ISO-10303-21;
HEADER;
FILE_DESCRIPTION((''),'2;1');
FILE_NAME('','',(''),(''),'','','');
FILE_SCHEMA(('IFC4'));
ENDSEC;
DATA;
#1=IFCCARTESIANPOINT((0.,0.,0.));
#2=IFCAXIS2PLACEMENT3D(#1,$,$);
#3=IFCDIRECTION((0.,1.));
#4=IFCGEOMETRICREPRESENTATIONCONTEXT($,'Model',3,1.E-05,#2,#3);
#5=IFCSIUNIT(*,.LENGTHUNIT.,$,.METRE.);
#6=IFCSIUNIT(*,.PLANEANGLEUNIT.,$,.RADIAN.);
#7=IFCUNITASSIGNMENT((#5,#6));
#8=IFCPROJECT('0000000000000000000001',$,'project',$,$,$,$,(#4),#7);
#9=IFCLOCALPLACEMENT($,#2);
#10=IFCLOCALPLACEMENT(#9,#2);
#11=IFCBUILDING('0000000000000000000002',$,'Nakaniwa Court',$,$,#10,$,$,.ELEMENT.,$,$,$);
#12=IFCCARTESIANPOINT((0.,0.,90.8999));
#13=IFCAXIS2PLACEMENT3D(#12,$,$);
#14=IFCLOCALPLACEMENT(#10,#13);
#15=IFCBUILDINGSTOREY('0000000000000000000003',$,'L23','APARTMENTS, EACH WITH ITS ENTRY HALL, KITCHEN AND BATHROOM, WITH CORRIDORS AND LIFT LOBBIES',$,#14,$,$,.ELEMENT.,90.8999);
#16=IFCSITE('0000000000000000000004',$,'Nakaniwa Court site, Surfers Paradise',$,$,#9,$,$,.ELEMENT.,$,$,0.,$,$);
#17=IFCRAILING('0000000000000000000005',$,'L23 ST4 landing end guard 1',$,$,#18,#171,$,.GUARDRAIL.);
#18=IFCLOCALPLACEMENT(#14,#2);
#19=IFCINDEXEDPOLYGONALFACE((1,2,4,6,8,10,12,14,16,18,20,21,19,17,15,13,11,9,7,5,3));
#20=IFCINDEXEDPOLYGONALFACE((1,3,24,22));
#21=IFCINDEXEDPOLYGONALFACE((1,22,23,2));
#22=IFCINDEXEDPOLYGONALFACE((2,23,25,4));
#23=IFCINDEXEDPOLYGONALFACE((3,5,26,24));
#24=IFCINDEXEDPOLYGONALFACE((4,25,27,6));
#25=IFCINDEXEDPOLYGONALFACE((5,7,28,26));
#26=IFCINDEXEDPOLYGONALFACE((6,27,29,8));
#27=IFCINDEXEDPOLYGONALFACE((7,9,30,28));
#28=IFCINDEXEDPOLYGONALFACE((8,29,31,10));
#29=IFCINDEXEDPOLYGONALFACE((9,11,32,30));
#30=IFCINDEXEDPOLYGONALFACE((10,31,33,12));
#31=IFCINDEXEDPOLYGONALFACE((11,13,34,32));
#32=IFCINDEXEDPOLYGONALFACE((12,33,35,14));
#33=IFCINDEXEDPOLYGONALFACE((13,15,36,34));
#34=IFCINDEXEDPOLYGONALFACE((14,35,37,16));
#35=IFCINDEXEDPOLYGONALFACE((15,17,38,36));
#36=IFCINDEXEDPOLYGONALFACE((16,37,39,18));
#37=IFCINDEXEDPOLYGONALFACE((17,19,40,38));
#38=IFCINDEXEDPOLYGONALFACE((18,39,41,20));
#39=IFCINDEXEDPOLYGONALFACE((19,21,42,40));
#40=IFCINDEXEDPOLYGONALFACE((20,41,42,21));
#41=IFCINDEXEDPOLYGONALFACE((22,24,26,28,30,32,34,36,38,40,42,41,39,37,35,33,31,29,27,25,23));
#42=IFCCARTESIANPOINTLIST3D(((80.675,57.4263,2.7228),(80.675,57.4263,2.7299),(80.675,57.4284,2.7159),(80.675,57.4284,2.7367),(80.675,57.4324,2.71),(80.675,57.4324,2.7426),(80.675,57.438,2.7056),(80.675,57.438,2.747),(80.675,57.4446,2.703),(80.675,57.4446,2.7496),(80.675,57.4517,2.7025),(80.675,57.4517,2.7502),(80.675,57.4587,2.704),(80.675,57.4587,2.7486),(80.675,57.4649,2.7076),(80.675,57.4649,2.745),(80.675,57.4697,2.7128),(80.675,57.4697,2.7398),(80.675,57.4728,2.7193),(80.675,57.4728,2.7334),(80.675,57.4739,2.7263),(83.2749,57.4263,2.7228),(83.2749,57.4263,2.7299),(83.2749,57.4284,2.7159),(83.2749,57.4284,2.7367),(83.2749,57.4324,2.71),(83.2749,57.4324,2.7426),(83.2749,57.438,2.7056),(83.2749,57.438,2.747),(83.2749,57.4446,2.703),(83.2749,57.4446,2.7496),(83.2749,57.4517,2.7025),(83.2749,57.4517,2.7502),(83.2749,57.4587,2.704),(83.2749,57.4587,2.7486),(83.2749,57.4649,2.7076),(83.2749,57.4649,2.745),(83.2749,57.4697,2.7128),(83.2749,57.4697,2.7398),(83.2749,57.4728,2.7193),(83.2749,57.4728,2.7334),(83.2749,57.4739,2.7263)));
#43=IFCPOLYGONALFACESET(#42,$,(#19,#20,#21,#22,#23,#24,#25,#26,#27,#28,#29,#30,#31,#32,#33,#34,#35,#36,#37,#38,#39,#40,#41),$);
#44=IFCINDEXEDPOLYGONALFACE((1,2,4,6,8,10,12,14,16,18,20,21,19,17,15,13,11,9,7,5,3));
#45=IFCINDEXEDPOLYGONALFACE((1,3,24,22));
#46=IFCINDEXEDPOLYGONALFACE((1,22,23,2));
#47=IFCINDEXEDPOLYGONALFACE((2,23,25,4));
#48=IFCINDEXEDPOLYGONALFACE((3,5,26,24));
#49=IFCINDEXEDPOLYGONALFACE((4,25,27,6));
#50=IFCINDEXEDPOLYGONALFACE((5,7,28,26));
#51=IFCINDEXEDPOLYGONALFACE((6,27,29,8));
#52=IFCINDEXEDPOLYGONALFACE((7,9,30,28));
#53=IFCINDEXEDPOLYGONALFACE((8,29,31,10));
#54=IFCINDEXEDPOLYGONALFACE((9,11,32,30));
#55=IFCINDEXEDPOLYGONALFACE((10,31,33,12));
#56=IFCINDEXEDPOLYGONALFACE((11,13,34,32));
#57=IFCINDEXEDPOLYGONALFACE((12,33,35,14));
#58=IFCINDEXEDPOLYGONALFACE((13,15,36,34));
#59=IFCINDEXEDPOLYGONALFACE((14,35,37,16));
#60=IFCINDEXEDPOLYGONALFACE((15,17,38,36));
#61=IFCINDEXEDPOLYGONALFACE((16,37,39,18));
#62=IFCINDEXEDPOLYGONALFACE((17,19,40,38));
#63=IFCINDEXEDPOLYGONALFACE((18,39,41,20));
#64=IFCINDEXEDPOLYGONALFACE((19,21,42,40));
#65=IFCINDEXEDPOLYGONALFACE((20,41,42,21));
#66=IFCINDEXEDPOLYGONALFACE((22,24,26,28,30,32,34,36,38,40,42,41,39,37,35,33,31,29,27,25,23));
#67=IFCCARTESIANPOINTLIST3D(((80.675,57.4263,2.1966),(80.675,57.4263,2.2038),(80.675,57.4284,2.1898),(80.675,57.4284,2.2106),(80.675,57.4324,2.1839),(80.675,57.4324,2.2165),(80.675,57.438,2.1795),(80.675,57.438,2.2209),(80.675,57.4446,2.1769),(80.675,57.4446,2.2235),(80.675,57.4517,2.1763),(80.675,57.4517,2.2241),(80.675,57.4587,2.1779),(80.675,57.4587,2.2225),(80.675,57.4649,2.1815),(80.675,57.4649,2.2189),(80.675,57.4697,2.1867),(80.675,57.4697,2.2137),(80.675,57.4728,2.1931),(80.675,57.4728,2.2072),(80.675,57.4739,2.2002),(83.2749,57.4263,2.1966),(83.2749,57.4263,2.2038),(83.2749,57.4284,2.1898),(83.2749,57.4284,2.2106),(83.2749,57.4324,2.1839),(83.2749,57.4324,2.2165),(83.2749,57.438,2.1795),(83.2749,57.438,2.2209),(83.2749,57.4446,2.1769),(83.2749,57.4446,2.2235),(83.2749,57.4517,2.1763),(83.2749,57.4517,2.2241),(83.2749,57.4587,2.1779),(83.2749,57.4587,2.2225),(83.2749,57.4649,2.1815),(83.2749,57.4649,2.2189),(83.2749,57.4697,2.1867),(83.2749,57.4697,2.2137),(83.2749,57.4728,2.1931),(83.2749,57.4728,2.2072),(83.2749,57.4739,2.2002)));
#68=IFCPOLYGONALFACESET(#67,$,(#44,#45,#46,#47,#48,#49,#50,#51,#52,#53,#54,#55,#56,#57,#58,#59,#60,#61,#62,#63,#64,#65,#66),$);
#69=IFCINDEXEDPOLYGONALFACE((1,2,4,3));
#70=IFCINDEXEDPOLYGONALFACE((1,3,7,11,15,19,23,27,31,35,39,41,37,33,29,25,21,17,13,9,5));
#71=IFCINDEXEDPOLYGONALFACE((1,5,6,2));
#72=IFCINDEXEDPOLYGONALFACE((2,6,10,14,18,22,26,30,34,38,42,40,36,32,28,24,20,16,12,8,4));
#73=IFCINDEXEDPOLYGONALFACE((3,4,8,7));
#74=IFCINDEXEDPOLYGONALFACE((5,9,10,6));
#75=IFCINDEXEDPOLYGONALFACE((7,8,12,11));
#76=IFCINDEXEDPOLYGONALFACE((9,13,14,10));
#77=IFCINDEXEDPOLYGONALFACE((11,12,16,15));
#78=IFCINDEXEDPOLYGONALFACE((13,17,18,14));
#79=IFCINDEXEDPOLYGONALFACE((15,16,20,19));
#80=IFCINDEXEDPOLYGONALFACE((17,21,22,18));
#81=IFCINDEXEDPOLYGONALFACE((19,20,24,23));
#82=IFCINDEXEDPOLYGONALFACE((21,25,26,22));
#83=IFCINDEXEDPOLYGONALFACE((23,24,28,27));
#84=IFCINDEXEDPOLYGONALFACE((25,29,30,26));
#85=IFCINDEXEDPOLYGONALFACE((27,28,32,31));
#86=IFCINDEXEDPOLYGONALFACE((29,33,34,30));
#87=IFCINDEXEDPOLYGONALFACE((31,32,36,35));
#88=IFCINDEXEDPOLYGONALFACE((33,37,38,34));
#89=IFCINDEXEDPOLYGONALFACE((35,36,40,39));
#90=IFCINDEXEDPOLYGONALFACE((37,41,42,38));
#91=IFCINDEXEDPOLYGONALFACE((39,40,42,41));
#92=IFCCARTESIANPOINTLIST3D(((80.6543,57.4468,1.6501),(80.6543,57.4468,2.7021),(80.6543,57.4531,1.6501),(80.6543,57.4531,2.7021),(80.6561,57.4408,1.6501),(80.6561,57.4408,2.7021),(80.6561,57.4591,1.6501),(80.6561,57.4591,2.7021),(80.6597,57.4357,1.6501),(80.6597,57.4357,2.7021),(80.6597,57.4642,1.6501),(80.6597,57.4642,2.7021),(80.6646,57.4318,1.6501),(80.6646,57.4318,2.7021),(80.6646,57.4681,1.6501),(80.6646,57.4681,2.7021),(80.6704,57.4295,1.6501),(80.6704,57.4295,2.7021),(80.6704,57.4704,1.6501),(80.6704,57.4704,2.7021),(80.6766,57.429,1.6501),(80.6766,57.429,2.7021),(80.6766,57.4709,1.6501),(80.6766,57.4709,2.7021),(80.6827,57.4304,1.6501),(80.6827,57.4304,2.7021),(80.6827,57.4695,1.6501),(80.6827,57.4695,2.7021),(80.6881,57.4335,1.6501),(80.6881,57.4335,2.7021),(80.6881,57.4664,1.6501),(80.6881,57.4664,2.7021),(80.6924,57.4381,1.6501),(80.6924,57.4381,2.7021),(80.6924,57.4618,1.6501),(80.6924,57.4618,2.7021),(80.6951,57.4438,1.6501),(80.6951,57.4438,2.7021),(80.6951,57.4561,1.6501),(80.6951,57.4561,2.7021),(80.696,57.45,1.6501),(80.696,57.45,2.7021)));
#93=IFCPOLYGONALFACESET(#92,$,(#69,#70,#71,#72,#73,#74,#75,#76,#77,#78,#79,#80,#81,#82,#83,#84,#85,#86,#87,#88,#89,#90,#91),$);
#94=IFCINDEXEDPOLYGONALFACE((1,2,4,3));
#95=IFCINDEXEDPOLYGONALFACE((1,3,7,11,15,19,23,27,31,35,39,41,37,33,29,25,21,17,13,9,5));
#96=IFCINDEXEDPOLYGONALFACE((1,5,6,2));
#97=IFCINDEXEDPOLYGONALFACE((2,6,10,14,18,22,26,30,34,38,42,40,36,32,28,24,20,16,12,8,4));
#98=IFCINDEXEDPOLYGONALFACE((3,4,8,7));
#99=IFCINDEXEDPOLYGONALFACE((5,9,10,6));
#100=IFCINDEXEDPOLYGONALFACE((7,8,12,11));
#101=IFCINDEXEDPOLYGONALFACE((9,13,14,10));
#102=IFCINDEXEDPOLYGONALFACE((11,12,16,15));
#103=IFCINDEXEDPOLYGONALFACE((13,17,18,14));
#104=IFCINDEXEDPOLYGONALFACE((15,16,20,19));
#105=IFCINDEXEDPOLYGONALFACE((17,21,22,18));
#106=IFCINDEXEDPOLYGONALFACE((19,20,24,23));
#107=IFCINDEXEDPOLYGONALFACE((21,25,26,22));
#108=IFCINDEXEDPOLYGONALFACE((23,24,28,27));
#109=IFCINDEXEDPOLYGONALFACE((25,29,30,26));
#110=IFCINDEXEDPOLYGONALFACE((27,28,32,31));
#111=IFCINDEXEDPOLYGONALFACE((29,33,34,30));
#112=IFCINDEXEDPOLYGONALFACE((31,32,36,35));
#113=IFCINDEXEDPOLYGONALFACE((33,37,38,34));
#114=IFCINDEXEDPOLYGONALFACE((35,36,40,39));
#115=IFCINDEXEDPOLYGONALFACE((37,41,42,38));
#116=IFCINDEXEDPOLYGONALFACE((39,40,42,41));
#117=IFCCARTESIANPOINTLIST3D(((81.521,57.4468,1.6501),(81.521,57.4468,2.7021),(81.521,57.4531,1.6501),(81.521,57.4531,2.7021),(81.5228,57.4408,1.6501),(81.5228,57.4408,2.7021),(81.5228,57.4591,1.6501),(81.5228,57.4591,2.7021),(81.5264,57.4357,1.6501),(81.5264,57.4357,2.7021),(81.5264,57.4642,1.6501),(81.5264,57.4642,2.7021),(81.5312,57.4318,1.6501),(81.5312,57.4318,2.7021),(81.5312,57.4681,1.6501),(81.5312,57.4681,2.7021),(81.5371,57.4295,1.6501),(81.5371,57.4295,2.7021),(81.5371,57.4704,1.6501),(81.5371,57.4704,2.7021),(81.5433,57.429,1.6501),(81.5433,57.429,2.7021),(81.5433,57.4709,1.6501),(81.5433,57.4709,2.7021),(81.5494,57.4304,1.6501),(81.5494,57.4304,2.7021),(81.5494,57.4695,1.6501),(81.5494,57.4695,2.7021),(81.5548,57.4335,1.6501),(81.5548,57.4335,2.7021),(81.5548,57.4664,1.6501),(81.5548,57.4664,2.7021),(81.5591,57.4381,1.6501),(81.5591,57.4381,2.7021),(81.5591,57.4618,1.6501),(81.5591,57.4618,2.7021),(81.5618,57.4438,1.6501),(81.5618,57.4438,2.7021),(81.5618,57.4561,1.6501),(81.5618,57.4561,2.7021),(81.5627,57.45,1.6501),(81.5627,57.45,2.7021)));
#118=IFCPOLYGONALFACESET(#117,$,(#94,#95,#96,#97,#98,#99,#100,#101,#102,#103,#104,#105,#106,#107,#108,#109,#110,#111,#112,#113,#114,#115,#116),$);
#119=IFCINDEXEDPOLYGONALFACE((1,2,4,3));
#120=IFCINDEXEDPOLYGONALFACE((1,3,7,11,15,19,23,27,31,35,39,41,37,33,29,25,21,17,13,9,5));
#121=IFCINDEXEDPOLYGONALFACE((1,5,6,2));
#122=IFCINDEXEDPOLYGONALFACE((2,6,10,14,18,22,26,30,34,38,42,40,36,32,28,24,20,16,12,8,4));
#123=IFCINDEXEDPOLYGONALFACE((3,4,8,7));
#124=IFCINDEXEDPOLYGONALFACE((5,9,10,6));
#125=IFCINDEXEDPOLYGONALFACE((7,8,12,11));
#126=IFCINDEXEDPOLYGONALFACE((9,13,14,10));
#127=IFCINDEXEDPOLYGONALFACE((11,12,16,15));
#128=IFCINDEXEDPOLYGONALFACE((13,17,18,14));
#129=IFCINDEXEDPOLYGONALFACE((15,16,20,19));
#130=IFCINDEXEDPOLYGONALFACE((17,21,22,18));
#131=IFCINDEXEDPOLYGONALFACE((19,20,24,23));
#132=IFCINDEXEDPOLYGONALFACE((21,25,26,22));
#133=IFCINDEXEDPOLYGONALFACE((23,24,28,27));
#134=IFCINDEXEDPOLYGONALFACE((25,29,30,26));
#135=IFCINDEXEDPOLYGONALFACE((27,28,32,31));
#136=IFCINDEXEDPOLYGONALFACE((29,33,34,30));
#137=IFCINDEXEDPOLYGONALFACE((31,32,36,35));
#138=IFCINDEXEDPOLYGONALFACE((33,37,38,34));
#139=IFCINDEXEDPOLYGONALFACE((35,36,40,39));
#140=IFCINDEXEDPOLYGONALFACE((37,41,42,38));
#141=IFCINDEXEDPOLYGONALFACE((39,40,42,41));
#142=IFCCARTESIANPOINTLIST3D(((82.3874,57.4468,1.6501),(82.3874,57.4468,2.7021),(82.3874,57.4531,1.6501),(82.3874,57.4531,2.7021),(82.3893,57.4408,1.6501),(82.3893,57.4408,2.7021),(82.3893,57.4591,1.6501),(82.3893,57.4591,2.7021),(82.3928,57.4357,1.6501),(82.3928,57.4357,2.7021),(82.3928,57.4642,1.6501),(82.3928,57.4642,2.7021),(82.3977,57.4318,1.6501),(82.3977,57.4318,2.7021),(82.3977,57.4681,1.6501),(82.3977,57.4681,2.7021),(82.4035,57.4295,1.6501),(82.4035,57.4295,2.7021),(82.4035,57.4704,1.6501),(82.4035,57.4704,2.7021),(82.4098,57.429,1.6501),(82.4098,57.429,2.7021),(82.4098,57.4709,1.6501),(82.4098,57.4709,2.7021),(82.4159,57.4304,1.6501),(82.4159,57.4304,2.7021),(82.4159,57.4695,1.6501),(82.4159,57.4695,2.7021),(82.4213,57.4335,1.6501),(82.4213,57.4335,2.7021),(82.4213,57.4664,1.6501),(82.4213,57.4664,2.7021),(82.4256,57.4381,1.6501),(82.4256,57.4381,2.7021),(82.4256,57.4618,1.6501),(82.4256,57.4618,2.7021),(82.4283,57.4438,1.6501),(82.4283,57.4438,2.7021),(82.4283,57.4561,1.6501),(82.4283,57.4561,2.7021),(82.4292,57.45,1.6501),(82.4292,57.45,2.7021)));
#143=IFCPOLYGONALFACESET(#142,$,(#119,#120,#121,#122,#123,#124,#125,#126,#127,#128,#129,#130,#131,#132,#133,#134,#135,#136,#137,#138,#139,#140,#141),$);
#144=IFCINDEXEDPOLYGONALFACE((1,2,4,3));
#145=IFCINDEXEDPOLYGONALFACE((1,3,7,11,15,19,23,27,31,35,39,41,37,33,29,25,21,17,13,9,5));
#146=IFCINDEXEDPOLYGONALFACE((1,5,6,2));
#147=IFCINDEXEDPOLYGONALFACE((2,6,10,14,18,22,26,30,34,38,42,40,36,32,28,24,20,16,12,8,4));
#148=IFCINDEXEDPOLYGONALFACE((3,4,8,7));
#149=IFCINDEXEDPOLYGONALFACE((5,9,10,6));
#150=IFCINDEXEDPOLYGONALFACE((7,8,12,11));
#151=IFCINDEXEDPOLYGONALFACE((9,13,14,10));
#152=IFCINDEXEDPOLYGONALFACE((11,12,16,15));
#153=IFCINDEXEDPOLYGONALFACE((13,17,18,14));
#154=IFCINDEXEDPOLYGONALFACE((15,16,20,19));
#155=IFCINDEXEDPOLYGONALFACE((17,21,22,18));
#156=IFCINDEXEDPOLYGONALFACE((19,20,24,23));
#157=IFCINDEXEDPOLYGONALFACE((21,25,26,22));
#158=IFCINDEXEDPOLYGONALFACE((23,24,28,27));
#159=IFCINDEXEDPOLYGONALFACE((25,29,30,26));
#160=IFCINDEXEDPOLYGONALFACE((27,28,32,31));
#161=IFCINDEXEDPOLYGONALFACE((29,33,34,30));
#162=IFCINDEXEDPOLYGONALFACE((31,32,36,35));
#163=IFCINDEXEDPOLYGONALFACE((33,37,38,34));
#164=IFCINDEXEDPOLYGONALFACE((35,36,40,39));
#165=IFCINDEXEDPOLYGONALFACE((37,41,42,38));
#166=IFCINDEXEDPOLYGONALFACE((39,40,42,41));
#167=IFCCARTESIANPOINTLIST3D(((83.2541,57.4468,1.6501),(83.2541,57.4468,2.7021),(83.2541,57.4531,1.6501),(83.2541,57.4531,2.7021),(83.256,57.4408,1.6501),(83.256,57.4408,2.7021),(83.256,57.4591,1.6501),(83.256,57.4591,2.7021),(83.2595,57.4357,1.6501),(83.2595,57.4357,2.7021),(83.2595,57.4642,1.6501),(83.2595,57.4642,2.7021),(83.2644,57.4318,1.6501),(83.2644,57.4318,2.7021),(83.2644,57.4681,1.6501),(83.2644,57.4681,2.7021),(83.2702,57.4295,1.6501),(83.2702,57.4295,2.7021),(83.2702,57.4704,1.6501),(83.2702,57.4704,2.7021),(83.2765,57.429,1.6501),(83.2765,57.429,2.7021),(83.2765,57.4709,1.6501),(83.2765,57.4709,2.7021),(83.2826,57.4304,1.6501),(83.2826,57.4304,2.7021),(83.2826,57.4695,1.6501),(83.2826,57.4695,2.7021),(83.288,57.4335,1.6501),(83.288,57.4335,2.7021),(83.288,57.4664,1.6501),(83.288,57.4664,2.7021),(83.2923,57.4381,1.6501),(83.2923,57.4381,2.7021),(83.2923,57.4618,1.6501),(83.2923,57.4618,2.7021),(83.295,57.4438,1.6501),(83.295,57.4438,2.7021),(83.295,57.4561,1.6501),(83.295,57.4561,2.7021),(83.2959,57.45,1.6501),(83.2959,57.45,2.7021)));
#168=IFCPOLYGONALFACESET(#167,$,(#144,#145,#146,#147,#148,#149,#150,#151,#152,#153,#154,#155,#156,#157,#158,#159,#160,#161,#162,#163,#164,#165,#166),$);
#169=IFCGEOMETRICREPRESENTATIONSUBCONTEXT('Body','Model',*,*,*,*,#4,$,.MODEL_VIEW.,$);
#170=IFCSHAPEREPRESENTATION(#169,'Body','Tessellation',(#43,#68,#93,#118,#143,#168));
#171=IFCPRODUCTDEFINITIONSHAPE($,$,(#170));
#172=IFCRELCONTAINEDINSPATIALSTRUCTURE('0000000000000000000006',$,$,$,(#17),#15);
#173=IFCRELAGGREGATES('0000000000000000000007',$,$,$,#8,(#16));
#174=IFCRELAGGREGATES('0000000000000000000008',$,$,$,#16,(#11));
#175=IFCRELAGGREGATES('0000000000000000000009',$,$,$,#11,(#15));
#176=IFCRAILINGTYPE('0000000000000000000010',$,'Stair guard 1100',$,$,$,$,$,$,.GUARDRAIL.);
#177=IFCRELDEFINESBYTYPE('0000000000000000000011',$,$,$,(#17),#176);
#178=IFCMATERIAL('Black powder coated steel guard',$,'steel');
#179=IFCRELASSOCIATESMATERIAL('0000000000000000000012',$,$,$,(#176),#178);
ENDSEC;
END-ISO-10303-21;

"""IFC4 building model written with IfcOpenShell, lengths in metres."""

from ifc_helpers import new_model, si_unit, direction, frame, origin, origin_2d, place, context, subcontext, project, spatial, circle, extrude, material, type_object, element, save


model = new_model("IFC4")

# Units and contexts
model_context = context("Model", 3, precision=1e-05, world=origin(), true_north=direction((0.0, 1.0)))
body_context = subcontext(model_context, "Body", "Model", "MODEL_VIEW")
ifc_project = project(units=[si_unit("LENGTHUNIT", "METRE"), si_unit("PLANEANGLEUNIT", "RADIAN")], contexts=[model_context])

# Site, building, storey
site_placement = place(None, origin())
site = spatial("IfcSite", under=ifc_project, at=site_placement, Name="Nakaniwa Court site, Surfers Paradise", CompositionType="ELEMENT", RefElevation=0.0)
building_placement = place(site_placement, origin())
building = spatial("IfcBuilding", under=site, at=building_placement, Name="Nakaniwa Court", CompositionType="ELEMENT")
storey_placement = place(building_placement, frame((0.0, 0.0, 90.8999)))
storey = spatial("IfcBuildingStorey", under=building, at=storey_placement, Name="L23", Description="APARTMENTS, EACH WITH ITS ENTRY HALL, KITCHEN AND BATHROOM, WITH CORRIDORS AND LIFT LOBBIES", CompositionType="ELEMENT", Elevation=90.8999)

# Railing
ifc_material_1 = material(Name="Black powder coated steel guard", Category="steel")
railing_type_1 = type_object("IfcRailingType", Name="Stair guard 1100", PredefinedType="GUARDRAIL", material=ifc_material_1)
railing_1_placement = place(storey_placement, frame((80.675, 57.45, 1.6501)))
element("IfcRailing", 1, at=railing_1_placement, inside=storey, type_object=railing_type_1, Name="L23 ST4 landing end guard 1", PredefinedType="GUARDRAIL", context=body_context, shape_type="SweptSolid", body=[
    extrude(circle(Radius=0.0239, at=origin_2d()), frame((0.0, 0.0, 1.0762), z_axis=(1.0, 0.0, 0.0), x_axis=(0.0, 1.0, 0.0)), (0.0, 0.0, 1.0), 2.5999),
    extrude(circle(Radius=0.0239, at=origin_2d()), frame((0.0, 0.0, 0.55), z_axis=(1.0, 0.0, 0.0), x_axis=(0.0, 1.0, 0.0)), (0.0, 0.0, 1.0), 2.5999),
    extrude(circle(Radius=0.021, at=origin_2d()), origin(), (0.0, 0.0, 1.0), 1.052),
    extrude(circle(Radius=0.021, at=origin_2d()), frame((0.8667, 0.0, 0.0)), (0.0, 0.0, 1.0), 1.052),
    extrude(circle(Radius=0.021, at=origin_2d()), frame((1.7332, 0.0, 0.0)), (0.0, 0.0, 1.0), 1.052),
    extrude(circle(Radius=0.021, at=origin_2d()), frame((2.5999, 0.0, 0.0)), (0.0, 0.0, 1.0), 1.052),
])

save(model, "model.ifc")
